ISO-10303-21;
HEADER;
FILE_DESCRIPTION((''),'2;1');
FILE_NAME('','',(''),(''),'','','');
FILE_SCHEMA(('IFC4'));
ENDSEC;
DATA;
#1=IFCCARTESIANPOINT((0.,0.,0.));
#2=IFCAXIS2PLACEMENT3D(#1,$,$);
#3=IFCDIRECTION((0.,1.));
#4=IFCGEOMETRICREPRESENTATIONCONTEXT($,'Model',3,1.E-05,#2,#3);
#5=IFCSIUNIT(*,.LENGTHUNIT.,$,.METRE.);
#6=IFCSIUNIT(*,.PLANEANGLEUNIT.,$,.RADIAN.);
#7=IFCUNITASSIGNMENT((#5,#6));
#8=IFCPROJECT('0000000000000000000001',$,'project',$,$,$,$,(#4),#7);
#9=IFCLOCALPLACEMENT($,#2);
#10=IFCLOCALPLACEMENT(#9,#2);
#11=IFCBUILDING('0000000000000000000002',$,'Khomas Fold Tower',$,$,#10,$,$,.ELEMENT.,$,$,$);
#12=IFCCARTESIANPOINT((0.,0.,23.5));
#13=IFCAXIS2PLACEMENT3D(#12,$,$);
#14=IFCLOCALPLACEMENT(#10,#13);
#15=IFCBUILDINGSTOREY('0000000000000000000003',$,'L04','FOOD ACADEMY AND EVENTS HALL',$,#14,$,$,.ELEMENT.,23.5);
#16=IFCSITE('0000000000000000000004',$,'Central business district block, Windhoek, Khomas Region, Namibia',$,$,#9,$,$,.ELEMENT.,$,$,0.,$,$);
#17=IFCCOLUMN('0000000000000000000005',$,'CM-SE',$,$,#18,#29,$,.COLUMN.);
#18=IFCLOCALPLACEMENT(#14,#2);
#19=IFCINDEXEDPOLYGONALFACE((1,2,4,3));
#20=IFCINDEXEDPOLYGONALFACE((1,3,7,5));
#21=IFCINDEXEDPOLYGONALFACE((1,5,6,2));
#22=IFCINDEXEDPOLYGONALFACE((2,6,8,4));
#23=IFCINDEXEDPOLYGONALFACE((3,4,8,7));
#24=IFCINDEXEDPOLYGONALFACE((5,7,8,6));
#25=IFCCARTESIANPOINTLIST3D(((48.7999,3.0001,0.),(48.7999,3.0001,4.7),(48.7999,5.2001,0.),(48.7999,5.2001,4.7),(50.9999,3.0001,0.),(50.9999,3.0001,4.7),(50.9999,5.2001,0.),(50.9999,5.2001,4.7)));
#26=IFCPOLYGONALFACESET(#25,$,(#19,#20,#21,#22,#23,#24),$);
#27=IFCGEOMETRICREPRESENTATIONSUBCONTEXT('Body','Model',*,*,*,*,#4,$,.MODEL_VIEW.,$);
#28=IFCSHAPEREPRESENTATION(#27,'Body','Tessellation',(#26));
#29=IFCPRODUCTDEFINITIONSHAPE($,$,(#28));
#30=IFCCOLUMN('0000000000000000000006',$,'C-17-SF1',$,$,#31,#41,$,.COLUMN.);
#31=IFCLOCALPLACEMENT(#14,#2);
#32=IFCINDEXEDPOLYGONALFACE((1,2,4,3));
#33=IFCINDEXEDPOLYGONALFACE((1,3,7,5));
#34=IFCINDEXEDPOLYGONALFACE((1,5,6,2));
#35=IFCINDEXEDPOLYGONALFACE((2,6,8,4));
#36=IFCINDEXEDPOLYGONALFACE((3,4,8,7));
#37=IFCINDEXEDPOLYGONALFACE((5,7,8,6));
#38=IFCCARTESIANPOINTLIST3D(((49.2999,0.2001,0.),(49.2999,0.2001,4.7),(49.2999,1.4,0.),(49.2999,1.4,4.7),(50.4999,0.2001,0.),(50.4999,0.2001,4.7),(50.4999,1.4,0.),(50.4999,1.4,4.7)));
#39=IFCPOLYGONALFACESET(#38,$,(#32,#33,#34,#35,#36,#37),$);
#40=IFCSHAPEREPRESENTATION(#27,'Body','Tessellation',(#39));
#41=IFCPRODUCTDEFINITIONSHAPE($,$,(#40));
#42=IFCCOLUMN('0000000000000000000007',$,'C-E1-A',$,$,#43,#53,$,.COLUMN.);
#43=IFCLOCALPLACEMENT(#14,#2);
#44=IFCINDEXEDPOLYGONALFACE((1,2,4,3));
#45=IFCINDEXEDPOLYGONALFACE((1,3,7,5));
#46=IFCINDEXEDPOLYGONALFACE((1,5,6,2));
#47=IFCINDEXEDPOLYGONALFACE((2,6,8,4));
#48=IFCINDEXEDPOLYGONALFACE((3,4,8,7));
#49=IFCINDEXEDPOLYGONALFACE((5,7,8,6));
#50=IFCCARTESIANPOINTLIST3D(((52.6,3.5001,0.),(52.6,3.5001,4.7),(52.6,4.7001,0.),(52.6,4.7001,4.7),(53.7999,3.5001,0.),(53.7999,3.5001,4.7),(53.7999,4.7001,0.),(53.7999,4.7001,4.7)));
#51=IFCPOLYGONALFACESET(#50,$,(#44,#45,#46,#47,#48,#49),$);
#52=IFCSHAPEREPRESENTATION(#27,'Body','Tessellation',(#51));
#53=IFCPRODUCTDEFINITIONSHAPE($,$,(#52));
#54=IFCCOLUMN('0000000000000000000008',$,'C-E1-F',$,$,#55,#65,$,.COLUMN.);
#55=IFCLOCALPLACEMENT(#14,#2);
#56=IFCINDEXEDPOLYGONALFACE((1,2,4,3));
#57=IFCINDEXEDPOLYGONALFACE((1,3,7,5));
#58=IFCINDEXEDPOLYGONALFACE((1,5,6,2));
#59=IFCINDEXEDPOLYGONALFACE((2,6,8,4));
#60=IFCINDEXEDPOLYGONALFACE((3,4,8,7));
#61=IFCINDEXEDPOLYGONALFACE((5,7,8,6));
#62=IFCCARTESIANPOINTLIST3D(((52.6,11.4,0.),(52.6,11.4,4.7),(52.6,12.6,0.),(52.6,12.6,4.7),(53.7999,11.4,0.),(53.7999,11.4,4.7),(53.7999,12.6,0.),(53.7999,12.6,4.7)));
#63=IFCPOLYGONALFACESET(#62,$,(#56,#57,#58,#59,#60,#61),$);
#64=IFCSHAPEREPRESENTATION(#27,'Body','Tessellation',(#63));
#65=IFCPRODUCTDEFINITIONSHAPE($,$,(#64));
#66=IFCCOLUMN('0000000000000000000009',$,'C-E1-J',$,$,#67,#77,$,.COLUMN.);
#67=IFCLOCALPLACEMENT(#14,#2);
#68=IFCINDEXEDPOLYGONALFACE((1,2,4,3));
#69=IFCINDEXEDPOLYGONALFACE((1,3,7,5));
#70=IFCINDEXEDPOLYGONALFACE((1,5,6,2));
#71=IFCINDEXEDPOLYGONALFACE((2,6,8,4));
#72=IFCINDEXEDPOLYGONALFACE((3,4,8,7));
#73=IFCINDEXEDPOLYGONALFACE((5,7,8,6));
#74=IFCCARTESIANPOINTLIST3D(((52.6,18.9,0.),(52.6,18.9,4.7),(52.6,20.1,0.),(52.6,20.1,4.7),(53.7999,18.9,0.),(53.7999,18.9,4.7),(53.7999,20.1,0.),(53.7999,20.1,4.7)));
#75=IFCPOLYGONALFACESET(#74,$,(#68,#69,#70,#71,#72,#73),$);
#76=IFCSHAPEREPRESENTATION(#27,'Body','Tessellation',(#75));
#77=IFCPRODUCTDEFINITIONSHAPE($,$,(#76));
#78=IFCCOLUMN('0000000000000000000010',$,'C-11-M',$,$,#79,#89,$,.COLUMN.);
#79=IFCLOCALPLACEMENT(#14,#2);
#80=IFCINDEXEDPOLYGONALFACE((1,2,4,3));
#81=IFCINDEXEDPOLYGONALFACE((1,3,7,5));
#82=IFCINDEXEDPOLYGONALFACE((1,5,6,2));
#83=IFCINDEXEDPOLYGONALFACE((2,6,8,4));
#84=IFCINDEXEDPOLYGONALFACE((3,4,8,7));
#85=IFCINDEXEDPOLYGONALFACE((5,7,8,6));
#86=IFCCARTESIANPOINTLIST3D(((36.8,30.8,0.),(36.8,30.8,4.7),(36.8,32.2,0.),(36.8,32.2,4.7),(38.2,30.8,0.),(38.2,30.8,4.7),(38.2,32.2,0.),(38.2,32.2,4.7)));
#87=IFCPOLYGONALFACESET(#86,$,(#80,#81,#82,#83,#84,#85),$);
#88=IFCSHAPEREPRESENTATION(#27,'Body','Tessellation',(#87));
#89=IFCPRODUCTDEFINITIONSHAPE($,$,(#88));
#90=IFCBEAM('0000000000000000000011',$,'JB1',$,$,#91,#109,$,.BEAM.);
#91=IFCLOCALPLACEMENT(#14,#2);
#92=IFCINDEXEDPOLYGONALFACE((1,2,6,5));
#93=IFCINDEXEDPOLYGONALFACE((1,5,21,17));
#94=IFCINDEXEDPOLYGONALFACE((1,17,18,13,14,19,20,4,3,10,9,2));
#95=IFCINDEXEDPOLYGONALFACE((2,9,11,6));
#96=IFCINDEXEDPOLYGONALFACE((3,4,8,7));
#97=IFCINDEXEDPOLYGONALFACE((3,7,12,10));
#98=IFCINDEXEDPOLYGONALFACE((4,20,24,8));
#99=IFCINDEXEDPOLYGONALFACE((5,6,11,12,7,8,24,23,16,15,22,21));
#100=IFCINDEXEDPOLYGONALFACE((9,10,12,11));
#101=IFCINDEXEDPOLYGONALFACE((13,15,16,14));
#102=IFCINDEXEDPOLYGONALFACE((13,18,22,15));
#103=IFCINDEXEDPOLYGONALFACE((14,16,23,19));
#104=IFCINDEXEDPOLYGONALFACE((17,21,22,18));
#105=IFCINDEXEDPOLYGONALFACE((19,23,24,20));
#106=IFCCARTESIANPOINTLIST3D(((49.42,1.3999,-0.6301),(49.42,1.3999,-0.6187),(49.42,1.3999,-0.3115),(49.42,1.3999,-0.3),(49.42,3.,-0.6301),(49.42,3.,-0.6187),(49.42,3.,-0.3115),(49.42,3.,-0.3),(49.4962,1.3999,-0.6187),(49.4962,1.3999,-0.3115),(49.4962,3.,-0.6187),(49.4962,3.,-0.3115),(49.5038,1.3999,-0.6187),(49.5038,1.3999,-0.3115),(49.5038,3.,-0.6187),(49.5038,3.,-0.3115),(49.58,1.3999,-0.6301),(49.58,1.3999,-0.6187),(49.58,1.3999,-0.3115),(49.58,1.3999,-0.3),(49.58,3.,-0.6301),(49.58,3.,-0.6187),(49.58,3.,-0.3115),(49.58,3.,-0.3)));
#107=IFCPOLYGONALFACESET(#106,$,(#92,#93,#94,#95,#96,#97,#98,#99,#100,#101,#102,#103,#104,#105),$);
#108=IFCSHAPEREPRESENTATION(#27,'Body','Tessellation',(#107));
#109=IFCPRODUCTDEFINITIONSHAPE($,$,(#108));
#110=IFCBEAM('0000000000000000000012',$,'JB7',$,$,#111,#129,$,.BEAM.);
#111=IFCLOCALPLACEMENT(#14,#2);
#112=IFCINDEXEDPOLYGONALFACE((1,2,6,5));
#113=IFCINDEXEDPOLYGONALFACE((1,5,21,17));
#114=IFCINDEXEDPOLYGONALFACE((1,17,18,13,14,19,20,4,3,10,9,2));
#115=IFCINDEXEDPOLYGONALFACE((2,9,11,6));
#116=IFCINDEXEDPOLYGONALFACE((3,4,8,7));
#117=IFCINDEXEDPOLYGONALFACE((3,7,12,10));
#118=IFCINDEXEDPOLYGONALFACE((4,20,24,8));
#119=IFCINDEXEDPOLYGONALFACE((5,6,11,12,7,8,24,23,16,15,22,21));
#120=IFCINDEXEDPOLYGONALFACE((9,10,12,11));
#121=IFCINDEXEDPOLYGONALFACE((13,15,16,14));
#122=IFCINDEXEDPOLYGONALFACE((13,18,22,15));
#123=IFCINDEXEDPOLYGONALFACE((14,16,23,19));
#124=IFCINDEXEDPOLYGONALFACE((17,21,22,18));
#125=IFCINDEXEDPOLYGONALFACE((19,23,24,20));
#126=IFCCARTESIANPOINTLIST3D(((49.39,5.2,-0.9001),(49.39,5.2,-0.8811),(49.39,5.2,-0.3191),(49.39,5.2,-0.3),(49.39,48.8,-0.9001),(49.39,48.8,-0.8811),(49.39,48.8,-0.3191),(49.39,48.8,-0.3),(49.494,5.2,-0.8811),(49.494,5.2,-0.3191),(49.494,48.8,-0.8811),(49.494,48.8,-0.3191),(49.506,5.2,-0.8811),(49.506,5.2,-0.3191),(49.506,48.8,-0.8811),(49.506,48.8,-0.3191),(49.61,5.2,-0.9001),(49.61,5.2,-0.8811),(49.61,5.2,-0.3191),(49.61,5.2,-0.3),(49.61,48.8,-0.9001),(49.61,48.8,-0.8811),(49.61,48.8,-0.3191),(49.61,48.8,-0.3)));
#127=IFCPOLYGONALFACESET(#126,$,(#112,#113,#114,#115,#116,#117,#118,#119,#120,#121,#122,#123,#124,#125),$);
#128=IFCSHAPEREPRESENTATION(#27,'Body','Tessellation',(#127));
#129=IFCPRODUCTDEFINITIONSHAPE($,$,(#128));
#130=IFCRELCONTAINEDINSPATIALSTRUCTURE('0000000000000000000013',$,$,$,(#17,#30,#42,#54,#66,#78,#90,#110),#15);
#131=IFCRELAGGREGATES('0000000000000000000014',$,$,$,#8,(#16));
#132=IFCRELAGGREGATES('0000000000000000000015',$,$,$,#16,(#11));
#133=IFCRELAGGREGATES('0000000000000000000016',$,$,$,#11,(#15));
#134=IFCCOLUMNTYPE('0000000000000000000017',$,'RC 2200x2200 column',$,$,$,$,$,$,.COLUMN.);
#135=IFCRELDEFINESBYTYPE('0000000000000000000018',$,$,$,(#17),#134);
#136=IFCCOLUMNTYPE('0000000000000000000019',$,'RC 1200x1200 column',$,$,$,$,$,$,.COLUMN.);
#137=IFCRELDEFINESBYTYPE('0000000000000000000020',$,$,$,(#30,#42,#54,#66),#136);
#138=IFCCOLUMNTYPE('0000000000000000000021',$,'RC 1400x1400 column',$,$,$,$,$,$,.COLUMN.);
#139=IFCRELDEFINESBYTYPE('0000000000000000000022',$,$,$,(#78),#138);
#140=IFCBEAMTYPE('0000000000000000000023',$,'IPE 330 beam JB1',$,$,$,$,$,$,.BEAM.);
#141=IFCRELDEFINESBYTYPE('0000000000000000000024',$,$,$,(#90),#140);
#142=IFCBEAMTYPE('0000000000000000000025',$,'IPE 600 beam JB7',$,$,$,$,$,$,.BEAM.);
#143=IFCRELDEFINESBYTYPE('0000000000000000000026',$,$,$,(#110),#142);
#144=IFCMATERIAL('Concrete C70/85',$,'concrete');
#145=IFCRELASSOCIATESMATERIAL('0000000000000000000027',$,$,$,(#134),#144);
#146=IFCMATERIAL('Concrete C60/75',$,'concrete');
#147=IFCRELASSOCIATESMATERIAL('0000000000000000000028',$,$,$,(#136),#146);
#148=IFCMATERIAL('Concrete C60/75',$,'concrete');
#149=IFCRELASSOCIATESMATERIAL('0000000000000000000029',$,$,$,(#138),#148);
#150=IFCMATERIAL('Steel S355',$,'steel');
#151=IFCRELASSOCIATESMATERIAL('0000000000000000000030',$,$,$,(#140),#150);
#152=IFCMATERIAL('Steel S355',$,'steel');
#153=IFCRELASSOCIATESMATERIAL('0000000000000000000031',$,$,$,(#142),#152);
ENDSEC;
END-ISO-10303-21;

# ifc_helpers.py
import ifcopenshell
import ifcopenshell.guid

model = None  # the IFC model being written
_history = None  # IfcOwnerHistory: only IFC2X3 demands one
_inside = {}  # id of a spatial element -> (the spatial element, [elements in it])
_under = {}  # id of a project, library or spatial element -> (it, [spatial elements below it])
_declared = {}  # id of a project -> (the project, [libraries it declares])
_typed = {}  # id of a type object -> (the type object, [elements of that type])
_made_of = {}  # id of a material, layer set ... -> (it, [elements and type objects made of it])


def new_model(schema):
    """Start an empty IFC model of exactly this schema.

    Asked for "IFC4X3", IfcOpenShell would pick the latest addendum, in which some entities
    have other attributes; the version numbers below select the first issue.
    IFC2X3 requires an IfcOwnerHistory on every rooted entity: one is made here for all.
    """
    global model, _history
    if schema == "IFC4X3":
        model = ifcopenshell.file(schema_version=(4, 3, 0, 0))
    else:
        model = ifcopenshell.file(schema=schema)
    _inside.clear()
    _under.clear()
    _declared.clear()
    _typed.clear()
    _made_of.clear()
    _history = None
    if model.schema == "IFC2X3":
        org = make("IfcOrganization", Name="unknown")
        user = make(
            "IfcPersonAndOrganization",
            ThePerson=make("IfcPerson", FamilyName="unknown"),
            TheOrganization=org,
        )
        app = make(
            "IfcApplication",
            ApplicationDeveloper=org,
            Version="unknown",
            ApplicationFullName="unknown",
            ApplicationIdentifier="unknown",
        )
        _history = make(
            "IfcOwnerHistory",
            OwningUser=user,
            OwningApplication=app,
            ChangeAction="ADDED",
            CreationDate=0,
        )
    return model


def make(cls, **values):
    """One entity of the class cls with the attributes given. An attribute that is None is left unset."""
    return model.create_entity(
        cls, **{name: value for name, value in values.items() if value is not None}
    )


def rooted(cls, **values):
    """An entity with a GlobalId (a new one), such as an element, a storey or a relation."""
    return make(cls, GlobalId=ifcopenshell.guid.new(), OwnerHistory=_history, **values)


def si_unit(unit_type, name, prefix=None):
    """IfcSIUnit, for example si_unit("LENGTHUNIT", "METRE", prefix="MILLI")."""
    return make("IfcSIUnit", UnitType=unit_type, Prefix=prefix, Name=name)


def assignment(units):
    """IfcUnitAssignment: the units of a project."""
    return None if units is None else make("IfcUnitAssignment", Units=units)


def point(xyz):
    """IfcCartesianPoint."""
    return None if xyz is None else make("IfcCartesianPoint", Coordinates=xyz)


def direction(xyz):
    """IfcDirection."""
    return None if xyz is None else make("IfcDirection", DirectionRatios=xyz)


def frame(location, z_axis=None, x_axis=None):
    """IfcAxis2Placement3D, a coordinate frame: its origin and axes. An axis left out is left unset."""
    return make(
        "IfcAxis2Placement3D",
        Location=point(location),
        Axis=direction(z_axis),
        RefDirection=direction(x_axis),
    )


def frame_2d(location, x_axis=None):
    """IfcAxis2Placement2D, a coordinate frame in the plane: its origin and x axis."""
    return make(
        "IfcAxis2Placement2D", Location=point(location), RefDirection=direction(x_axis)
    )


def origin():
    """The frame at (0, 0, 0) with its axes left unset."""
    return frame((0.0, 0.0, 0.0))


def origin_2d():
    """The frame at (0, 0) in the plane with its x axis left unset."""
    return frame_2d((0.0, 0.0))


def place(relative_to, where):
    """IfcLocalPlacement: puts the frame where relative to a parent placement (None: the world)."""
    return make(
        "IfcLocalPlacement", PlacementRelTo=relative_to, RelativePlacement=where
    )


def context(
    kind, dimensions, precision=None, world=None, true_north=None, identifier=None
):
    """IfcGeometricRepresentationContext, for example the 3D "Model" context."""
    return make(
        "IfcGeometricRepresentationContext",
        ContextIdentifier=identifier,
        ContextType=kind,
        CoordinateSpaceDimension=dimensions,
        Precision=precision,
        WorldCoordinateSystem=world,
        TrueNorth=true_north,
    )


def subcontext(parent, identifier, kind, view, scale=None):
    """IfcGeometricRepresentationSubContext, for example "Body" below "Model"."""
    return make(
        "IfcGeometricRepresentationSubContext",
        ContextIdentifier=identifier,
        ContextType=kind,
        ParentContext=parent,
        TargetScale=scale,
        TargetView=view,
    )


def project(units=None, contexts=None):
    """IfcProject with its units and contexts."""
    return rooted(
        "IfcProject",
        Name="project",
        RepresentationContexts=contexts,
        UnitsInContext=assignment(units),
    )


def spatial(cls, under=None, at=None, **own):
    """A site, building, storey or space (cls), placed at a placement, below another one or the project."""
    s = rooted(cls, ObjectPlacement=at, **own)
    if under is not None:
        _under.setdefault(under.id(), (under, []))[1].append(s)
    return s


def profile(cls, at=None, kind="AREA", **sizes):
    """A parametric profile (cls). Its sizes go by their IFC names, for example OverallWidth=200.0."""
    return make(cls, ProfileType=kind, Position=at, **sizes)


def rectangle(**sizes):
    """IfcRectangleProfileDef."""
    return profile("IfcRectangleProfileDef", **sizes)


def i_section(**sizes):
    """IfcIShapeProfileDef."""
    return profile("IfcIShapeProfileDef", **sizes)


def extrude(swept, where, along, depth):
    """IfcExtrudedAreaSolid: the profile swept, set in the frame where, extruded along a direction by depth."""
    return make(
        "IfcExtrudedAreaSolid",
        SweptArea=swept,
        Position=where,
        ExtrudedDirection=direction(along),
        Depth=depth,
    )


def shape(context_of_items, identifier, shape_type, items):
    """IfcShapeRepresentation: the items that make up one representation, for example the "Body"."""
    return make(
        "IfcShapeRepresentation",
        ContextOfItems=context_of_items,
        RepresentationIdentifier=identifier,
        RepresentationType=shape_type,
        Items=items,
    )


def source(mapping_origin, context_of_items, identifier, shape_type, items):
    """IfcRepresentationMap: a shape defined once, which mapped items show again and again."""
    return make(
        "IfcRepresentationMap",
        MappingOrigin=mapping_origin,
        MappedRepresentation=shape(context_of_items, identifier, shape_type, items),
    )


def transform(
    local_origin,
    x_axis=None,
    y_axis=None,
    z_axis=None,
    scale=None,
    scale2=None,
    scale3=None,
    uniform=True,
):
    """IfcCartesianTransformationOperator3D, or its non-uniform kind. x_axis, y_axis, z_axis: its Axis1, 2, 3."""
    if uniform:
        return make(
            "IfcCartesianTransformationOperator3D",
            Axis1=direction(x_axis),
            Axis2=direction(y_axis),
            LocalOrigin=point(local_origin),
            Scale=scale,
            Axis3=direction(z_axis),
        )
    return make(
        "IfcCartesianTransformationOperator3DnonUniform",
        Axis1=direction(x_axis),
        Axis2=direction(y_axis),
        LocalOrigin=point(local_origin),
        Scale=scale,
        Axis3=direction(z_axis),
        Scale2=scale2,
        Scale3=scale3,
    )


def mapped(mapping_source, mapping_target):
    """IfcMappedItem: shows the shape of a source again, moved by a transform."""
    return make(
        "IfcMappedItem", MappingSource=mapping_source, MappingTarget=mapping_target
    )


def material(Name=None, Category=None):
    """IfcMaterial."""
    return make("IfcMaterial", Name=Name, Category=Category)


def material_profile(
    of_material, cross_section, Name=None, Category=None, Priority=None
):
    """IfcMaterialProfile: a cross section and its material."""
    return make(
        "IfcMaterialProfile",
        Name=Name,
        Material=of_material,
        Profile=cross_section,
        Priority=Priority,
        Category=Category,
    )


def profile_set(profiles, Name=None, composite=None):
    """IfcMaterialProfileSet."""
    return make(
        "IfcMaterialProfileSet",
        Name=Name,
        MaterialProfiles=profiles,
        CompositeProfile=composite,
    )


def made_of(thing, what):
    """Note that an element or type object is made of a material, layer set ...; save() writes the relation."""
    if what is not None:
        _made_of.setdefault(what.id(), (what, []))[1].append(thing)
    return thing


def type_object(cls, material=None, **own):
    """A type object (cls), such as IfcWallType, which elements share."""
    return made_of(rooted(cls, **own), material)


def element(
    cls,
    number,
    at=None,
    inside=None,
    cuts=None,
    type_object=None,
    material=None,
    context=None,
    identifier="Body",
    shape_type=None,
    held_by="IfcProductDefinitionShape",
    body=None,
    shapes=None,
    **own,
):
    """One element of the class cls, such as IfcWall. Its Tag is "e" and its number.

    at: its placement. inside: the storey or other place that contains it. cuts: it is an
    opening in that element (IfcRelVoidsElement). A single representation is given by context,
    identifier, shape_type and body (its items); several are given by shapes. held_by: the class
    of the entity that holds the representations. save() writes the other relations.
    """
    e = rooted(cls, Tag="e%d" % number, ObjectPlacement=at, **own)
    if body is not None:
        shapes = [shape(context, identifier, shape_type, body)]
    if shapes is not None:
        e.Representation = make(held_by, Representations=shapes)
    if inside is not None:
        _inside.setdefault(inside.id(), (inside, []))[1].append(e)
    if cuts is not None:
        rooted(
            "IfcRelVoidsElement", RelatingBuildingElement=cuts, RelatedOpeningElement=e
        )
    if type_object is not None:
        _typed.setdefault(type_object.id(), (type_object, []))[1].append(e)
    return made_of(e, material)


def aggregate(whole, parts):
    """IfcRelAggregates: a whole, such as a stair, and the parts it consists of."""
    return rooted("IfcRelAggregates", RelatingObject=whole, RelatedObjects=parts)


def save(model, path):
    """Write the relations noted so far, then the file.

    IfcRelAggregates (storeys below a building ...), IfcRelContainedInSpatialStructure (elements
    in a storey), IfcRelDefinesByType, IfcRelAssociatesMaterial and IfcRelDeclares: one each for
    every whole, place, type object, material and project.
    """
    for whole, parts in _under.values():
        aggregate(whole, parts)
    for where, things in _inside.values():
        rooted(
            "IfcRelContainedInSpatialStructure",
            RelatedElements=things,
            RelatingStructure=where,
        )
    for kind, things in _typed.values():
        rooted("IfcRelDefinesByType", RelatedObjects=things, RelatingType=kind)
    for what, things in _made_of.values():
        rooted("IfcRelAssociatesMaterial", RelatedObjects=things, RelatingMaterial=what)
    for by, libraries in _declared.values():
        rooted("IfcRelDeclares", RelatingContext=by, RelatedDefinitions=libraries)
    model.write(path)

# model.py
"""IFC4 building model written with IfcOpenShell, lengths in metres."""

from ifc_helpers import new_model, si_unit, direction, frame, origin, origin_2d, place, context, subcontext, project, spatial, rectangle, i_section, extrude, source, transform, mapped, material, material_profile, profile_set, type_object, element, save


model = new_model("IFC4")

# Units and contexts
model_context = context("Model", 3, precision=1e-05, world=origin(), true_north=direction((0.0, 1.0)))
body_context = subcontext(model_context, "Body", "Model", "MODEL_VIEW")
ifc_project = project(units=[si_unit("LENGTHUNIT", "METRE"), si_unit("PLANEANGLEUNIT", "RADIAN")], contexts=[model_context])

# Site, building, storey
site_placement = place(None, origin())
site = spatial("IfcSite", under=ifc_project, at=site_placement, Name="Central business district block, Windhoek, Khomas Region, Namibia", CompositionType="ELEMENT", RefElevation=0.0)
building_placement = place(site_placement, origin())
building = spatial("IfcBuilding", under=site, at=building_placement, Name="Khomas Fold Tower", CompositionType="ELEMENT")
storey_placement = place(building_placement, frame((0.0, 0.0, 23.5)))
storey = spatial("IfcBuildingStorey", under=building, at=storey_placement, Name="L04", Description="FOOD ACADEMY AND EVENTS HALL", CompositionType="ELEMENT", Elevation=23.5)

# Columns
ifc_material_1 = material(Name="Concrete C70/85", Category="concrete")
ifc_material_profile_1 = material_profile(ifc_material_1, rectangle(XDim=2.2, YDim=2.2, at=origin_2d()), Name="RC 2200x2200")
ifc_profile_set_1 = profile_set([ifc_material_profile_1], Name="Concrete C70/85")
column_type_1 = type_object("IfcColumnType", Name="RC 2200x2200 column", PredefinedType="COLUMN", material=ifc_profile_set_1)
shared_shape_1 = source(origin(), body_context, "Body", "SweptSolid", [
    extrude(rectangle(XDim=2.2, YDim=2.2, at=origin_2d()), origin(), (0.0, 0.0, 1.0), 4.7),
])
column_1_placement = place(storey_placement, frame((49.8999, 4.1001, 0.0), z_axis=(0.0, 0.0, 1.0), x_axis=(1.0, 0.0, 0.0)))
element("IfcColumn", 1, at=column_1_placement, inside=storey, type_object=column_type_1, Name="CM-SE", PredefinedType="COLUMN", context=body_context, shape_type="MappedRepresentation", body=[
    mapped(shared_shape_1, transform((0.0, 0.0, 0.0))),
])
ifc_material_2 = material(Name="Concrete C60/75", Category="concrete")
ifc_material_profile_2 = material_profile(ifc_material_2, rectangle(XDim=1.2, YDim=1.2, at=origin_2d()), Name="RC 1200x1200")
ifc_profile_set_2 = profile_set([ifc_material_profile_2], Name="Concrete C60/75")
column_type_2 = type_object("IfcColumnType", Name="RC 1200x1200 column", PredefinedType="COLUMN", material=ifc_profile_set_2)
shared_shape_2 = source(origin(), body_context, "Body", "SweptSolid", [
    extrude(rectangle(XDim=1.2, YDim=1.2, at=origin_2d()), origin(), (0.0, 0.0, 1.0), 4.7),
])
for number, where, z_axis, x_axis, name in (
    (2, (49.8999, 0.8, 0.0), (0.0, 0.0, 1.0), (1.0, 0.0, 0.0), "C-17-SF1"),
    (3, (53.2, 4.1001, 0.0), (0.0, 0.0, 1.0), (1.0, 0.0, 0.0), "C-E1-A"),
    (4, (53.2, 12.0, 0.0), (0.0, 0.0, 1.0), (1.0, 0.0, 0.0), "C-E1-F"),
    (5, (53.2, 19.5, 0.0), (0.0, 0.0, 1.0), (1.0, 0.0, 0.0), "C-E1-J"),
):
    element("IfcColumn", number, at=place(storey_placement, frame(where, z_axis=z_axis, x_axis=x_axis)), inside=storey, type_object=column_type_2, Name=name, PredefinedType="COLUMN", context=body_context, shape_type="MappedRepresentation", body=[
        mapped(shared_shape_2, transform((0.0, 0.0, 0.0))),
    ])
ifc_material_3 = material(Name="Concrete C60/75", Category="concrete")
ifc_material_profile_3 = material_profile(ifc_material_3, rectangle(XDim=1.3999, YDim=1.3999, at=origin_2d()), Name="RC 1400x1400")
ifc_profile_set_3 = profile_set([ifc_material_profile_3], Name="Concrete C60/75")
column_type_3 = type_object("IfcColumnType", Name="RC 1400x1400 column", PredefinedType="COLUMN", material=ifc_profile_set_3)
shared_shape_3 = source(origin(), body_context, "Body", "SweptSolid", [
    extrude(rectangle(XDim=1.3999, YDim=1.3999, at=origin_2d()), origin(), (0.0, 0.0, 1.0), 4.7),
])
column_2_placement = place(storey_placement, frame((37.5, 31.5, 0.0), z_axis=(0.0, 0.0, 1.0), x_axis=(1.0, 0.0, 0.0)))
element("IfcColumn", 6, at=column_2_placement, inside=storey, type_object=column_type_3, Name="C-11-M", PredefinedType="COLUMN", context=body_context, shape_type="MappedRepresentation", body=[
    mapped(shared_shape_3, transform((0.0, 0.0, 0.0))),
])

# Beams
ifc_material_4 = material(Name="Steel S355", Category="steel")
ifc_material_profile_4 = material_profile(ifc_material_4, i_section(OverallWidth=0.1599, OverallDepth=0.3301, WebThickness=0.0076, FlangeThickness=0.0115, at=origin_2d()), Name="IPE 330")
ifc_profile_set_4 = profile_set([ifc_material_profile_4], Name="Steel S355")
beam_type_1 = type_object("IfcBeamType", Name="IPE 330 beam JB1", PredefinedType="BEAM", material=ifc_profile_set_4)
shared_shape_4 = source(origin(), body_context, "Body", "SweptSolid", [
    extrude(i_section(OverallWidth=0.1599, OverallDepth=0.3301, WebThickness=0.0076, FlangeThickness=0.0115, at=origin_2d()), origin(), (0.0, 0.0, 1.0), 1.6001),
])
beam_1_placement = place(storey_placement, frame((49.5, 1.3999, -0.4651), z_axis=(0.0, 1.0, 0.0), x_axis=(-1.0, 0.0, 0.0)))
element("IfcBeam", 7, at=beam_1_placement, inside=storey, type_object=beam_type_1, Name="JB1", PredefinedType="BEAM", context=body_context, shape_type="MappedRepresentation", body=[
    mapped(shared_shape_4, transform((0.0, 0.0, 0.0))),
])
ifc_material_5 = material(Name="Steel S355", Category="steel")
ifc_material_profile_5 = material_profile(ifc_material_5, i_section(OverallWidth=0.22, OverallDepth=0.6001, WebThickness=0.012, FlangeThickness=0.019, at=origin_2d()), Name="IPE 600")
ifc_profile_set_5 = profile_set([ifc_material_profile_5], Name="Steel S355")
beam_type_2 = type_object("IfcBeamType", Name="IPE 600 beam JB7", PredefinedType="BEAM", material=ifc_profile_set_5)
shared_shape_5 = source(origin(), body_context, "Body", "SweptSolid", [
    extrude(i_section(OverallWidth=0.22, OverallDepth=0.6001, WebThickness=0.012, FlangeThickness=0.019, at=origin_2d()), origin(), (0.0, 0.0, 1.0), 43.6001),
])
beam_2_placement = place(storey_placement, frame((49.5, 5.2, -0.6001), z_axis=(0.0, 1.0, 0.0), x_axis=(-1.0, 0.0, 0.0)))
element("IfcBeam", 8, at=beam_2_placement, inside=storey, type_object=beam_type_2, Name="JB7", PredefinedType="BEAM", context=body_context, shape_type="MappedRepresentation", body=[
    mapped(shared_shape_5, transform((0.0, 0.0, 0.0))),
])

save(model, "model.ifc")
